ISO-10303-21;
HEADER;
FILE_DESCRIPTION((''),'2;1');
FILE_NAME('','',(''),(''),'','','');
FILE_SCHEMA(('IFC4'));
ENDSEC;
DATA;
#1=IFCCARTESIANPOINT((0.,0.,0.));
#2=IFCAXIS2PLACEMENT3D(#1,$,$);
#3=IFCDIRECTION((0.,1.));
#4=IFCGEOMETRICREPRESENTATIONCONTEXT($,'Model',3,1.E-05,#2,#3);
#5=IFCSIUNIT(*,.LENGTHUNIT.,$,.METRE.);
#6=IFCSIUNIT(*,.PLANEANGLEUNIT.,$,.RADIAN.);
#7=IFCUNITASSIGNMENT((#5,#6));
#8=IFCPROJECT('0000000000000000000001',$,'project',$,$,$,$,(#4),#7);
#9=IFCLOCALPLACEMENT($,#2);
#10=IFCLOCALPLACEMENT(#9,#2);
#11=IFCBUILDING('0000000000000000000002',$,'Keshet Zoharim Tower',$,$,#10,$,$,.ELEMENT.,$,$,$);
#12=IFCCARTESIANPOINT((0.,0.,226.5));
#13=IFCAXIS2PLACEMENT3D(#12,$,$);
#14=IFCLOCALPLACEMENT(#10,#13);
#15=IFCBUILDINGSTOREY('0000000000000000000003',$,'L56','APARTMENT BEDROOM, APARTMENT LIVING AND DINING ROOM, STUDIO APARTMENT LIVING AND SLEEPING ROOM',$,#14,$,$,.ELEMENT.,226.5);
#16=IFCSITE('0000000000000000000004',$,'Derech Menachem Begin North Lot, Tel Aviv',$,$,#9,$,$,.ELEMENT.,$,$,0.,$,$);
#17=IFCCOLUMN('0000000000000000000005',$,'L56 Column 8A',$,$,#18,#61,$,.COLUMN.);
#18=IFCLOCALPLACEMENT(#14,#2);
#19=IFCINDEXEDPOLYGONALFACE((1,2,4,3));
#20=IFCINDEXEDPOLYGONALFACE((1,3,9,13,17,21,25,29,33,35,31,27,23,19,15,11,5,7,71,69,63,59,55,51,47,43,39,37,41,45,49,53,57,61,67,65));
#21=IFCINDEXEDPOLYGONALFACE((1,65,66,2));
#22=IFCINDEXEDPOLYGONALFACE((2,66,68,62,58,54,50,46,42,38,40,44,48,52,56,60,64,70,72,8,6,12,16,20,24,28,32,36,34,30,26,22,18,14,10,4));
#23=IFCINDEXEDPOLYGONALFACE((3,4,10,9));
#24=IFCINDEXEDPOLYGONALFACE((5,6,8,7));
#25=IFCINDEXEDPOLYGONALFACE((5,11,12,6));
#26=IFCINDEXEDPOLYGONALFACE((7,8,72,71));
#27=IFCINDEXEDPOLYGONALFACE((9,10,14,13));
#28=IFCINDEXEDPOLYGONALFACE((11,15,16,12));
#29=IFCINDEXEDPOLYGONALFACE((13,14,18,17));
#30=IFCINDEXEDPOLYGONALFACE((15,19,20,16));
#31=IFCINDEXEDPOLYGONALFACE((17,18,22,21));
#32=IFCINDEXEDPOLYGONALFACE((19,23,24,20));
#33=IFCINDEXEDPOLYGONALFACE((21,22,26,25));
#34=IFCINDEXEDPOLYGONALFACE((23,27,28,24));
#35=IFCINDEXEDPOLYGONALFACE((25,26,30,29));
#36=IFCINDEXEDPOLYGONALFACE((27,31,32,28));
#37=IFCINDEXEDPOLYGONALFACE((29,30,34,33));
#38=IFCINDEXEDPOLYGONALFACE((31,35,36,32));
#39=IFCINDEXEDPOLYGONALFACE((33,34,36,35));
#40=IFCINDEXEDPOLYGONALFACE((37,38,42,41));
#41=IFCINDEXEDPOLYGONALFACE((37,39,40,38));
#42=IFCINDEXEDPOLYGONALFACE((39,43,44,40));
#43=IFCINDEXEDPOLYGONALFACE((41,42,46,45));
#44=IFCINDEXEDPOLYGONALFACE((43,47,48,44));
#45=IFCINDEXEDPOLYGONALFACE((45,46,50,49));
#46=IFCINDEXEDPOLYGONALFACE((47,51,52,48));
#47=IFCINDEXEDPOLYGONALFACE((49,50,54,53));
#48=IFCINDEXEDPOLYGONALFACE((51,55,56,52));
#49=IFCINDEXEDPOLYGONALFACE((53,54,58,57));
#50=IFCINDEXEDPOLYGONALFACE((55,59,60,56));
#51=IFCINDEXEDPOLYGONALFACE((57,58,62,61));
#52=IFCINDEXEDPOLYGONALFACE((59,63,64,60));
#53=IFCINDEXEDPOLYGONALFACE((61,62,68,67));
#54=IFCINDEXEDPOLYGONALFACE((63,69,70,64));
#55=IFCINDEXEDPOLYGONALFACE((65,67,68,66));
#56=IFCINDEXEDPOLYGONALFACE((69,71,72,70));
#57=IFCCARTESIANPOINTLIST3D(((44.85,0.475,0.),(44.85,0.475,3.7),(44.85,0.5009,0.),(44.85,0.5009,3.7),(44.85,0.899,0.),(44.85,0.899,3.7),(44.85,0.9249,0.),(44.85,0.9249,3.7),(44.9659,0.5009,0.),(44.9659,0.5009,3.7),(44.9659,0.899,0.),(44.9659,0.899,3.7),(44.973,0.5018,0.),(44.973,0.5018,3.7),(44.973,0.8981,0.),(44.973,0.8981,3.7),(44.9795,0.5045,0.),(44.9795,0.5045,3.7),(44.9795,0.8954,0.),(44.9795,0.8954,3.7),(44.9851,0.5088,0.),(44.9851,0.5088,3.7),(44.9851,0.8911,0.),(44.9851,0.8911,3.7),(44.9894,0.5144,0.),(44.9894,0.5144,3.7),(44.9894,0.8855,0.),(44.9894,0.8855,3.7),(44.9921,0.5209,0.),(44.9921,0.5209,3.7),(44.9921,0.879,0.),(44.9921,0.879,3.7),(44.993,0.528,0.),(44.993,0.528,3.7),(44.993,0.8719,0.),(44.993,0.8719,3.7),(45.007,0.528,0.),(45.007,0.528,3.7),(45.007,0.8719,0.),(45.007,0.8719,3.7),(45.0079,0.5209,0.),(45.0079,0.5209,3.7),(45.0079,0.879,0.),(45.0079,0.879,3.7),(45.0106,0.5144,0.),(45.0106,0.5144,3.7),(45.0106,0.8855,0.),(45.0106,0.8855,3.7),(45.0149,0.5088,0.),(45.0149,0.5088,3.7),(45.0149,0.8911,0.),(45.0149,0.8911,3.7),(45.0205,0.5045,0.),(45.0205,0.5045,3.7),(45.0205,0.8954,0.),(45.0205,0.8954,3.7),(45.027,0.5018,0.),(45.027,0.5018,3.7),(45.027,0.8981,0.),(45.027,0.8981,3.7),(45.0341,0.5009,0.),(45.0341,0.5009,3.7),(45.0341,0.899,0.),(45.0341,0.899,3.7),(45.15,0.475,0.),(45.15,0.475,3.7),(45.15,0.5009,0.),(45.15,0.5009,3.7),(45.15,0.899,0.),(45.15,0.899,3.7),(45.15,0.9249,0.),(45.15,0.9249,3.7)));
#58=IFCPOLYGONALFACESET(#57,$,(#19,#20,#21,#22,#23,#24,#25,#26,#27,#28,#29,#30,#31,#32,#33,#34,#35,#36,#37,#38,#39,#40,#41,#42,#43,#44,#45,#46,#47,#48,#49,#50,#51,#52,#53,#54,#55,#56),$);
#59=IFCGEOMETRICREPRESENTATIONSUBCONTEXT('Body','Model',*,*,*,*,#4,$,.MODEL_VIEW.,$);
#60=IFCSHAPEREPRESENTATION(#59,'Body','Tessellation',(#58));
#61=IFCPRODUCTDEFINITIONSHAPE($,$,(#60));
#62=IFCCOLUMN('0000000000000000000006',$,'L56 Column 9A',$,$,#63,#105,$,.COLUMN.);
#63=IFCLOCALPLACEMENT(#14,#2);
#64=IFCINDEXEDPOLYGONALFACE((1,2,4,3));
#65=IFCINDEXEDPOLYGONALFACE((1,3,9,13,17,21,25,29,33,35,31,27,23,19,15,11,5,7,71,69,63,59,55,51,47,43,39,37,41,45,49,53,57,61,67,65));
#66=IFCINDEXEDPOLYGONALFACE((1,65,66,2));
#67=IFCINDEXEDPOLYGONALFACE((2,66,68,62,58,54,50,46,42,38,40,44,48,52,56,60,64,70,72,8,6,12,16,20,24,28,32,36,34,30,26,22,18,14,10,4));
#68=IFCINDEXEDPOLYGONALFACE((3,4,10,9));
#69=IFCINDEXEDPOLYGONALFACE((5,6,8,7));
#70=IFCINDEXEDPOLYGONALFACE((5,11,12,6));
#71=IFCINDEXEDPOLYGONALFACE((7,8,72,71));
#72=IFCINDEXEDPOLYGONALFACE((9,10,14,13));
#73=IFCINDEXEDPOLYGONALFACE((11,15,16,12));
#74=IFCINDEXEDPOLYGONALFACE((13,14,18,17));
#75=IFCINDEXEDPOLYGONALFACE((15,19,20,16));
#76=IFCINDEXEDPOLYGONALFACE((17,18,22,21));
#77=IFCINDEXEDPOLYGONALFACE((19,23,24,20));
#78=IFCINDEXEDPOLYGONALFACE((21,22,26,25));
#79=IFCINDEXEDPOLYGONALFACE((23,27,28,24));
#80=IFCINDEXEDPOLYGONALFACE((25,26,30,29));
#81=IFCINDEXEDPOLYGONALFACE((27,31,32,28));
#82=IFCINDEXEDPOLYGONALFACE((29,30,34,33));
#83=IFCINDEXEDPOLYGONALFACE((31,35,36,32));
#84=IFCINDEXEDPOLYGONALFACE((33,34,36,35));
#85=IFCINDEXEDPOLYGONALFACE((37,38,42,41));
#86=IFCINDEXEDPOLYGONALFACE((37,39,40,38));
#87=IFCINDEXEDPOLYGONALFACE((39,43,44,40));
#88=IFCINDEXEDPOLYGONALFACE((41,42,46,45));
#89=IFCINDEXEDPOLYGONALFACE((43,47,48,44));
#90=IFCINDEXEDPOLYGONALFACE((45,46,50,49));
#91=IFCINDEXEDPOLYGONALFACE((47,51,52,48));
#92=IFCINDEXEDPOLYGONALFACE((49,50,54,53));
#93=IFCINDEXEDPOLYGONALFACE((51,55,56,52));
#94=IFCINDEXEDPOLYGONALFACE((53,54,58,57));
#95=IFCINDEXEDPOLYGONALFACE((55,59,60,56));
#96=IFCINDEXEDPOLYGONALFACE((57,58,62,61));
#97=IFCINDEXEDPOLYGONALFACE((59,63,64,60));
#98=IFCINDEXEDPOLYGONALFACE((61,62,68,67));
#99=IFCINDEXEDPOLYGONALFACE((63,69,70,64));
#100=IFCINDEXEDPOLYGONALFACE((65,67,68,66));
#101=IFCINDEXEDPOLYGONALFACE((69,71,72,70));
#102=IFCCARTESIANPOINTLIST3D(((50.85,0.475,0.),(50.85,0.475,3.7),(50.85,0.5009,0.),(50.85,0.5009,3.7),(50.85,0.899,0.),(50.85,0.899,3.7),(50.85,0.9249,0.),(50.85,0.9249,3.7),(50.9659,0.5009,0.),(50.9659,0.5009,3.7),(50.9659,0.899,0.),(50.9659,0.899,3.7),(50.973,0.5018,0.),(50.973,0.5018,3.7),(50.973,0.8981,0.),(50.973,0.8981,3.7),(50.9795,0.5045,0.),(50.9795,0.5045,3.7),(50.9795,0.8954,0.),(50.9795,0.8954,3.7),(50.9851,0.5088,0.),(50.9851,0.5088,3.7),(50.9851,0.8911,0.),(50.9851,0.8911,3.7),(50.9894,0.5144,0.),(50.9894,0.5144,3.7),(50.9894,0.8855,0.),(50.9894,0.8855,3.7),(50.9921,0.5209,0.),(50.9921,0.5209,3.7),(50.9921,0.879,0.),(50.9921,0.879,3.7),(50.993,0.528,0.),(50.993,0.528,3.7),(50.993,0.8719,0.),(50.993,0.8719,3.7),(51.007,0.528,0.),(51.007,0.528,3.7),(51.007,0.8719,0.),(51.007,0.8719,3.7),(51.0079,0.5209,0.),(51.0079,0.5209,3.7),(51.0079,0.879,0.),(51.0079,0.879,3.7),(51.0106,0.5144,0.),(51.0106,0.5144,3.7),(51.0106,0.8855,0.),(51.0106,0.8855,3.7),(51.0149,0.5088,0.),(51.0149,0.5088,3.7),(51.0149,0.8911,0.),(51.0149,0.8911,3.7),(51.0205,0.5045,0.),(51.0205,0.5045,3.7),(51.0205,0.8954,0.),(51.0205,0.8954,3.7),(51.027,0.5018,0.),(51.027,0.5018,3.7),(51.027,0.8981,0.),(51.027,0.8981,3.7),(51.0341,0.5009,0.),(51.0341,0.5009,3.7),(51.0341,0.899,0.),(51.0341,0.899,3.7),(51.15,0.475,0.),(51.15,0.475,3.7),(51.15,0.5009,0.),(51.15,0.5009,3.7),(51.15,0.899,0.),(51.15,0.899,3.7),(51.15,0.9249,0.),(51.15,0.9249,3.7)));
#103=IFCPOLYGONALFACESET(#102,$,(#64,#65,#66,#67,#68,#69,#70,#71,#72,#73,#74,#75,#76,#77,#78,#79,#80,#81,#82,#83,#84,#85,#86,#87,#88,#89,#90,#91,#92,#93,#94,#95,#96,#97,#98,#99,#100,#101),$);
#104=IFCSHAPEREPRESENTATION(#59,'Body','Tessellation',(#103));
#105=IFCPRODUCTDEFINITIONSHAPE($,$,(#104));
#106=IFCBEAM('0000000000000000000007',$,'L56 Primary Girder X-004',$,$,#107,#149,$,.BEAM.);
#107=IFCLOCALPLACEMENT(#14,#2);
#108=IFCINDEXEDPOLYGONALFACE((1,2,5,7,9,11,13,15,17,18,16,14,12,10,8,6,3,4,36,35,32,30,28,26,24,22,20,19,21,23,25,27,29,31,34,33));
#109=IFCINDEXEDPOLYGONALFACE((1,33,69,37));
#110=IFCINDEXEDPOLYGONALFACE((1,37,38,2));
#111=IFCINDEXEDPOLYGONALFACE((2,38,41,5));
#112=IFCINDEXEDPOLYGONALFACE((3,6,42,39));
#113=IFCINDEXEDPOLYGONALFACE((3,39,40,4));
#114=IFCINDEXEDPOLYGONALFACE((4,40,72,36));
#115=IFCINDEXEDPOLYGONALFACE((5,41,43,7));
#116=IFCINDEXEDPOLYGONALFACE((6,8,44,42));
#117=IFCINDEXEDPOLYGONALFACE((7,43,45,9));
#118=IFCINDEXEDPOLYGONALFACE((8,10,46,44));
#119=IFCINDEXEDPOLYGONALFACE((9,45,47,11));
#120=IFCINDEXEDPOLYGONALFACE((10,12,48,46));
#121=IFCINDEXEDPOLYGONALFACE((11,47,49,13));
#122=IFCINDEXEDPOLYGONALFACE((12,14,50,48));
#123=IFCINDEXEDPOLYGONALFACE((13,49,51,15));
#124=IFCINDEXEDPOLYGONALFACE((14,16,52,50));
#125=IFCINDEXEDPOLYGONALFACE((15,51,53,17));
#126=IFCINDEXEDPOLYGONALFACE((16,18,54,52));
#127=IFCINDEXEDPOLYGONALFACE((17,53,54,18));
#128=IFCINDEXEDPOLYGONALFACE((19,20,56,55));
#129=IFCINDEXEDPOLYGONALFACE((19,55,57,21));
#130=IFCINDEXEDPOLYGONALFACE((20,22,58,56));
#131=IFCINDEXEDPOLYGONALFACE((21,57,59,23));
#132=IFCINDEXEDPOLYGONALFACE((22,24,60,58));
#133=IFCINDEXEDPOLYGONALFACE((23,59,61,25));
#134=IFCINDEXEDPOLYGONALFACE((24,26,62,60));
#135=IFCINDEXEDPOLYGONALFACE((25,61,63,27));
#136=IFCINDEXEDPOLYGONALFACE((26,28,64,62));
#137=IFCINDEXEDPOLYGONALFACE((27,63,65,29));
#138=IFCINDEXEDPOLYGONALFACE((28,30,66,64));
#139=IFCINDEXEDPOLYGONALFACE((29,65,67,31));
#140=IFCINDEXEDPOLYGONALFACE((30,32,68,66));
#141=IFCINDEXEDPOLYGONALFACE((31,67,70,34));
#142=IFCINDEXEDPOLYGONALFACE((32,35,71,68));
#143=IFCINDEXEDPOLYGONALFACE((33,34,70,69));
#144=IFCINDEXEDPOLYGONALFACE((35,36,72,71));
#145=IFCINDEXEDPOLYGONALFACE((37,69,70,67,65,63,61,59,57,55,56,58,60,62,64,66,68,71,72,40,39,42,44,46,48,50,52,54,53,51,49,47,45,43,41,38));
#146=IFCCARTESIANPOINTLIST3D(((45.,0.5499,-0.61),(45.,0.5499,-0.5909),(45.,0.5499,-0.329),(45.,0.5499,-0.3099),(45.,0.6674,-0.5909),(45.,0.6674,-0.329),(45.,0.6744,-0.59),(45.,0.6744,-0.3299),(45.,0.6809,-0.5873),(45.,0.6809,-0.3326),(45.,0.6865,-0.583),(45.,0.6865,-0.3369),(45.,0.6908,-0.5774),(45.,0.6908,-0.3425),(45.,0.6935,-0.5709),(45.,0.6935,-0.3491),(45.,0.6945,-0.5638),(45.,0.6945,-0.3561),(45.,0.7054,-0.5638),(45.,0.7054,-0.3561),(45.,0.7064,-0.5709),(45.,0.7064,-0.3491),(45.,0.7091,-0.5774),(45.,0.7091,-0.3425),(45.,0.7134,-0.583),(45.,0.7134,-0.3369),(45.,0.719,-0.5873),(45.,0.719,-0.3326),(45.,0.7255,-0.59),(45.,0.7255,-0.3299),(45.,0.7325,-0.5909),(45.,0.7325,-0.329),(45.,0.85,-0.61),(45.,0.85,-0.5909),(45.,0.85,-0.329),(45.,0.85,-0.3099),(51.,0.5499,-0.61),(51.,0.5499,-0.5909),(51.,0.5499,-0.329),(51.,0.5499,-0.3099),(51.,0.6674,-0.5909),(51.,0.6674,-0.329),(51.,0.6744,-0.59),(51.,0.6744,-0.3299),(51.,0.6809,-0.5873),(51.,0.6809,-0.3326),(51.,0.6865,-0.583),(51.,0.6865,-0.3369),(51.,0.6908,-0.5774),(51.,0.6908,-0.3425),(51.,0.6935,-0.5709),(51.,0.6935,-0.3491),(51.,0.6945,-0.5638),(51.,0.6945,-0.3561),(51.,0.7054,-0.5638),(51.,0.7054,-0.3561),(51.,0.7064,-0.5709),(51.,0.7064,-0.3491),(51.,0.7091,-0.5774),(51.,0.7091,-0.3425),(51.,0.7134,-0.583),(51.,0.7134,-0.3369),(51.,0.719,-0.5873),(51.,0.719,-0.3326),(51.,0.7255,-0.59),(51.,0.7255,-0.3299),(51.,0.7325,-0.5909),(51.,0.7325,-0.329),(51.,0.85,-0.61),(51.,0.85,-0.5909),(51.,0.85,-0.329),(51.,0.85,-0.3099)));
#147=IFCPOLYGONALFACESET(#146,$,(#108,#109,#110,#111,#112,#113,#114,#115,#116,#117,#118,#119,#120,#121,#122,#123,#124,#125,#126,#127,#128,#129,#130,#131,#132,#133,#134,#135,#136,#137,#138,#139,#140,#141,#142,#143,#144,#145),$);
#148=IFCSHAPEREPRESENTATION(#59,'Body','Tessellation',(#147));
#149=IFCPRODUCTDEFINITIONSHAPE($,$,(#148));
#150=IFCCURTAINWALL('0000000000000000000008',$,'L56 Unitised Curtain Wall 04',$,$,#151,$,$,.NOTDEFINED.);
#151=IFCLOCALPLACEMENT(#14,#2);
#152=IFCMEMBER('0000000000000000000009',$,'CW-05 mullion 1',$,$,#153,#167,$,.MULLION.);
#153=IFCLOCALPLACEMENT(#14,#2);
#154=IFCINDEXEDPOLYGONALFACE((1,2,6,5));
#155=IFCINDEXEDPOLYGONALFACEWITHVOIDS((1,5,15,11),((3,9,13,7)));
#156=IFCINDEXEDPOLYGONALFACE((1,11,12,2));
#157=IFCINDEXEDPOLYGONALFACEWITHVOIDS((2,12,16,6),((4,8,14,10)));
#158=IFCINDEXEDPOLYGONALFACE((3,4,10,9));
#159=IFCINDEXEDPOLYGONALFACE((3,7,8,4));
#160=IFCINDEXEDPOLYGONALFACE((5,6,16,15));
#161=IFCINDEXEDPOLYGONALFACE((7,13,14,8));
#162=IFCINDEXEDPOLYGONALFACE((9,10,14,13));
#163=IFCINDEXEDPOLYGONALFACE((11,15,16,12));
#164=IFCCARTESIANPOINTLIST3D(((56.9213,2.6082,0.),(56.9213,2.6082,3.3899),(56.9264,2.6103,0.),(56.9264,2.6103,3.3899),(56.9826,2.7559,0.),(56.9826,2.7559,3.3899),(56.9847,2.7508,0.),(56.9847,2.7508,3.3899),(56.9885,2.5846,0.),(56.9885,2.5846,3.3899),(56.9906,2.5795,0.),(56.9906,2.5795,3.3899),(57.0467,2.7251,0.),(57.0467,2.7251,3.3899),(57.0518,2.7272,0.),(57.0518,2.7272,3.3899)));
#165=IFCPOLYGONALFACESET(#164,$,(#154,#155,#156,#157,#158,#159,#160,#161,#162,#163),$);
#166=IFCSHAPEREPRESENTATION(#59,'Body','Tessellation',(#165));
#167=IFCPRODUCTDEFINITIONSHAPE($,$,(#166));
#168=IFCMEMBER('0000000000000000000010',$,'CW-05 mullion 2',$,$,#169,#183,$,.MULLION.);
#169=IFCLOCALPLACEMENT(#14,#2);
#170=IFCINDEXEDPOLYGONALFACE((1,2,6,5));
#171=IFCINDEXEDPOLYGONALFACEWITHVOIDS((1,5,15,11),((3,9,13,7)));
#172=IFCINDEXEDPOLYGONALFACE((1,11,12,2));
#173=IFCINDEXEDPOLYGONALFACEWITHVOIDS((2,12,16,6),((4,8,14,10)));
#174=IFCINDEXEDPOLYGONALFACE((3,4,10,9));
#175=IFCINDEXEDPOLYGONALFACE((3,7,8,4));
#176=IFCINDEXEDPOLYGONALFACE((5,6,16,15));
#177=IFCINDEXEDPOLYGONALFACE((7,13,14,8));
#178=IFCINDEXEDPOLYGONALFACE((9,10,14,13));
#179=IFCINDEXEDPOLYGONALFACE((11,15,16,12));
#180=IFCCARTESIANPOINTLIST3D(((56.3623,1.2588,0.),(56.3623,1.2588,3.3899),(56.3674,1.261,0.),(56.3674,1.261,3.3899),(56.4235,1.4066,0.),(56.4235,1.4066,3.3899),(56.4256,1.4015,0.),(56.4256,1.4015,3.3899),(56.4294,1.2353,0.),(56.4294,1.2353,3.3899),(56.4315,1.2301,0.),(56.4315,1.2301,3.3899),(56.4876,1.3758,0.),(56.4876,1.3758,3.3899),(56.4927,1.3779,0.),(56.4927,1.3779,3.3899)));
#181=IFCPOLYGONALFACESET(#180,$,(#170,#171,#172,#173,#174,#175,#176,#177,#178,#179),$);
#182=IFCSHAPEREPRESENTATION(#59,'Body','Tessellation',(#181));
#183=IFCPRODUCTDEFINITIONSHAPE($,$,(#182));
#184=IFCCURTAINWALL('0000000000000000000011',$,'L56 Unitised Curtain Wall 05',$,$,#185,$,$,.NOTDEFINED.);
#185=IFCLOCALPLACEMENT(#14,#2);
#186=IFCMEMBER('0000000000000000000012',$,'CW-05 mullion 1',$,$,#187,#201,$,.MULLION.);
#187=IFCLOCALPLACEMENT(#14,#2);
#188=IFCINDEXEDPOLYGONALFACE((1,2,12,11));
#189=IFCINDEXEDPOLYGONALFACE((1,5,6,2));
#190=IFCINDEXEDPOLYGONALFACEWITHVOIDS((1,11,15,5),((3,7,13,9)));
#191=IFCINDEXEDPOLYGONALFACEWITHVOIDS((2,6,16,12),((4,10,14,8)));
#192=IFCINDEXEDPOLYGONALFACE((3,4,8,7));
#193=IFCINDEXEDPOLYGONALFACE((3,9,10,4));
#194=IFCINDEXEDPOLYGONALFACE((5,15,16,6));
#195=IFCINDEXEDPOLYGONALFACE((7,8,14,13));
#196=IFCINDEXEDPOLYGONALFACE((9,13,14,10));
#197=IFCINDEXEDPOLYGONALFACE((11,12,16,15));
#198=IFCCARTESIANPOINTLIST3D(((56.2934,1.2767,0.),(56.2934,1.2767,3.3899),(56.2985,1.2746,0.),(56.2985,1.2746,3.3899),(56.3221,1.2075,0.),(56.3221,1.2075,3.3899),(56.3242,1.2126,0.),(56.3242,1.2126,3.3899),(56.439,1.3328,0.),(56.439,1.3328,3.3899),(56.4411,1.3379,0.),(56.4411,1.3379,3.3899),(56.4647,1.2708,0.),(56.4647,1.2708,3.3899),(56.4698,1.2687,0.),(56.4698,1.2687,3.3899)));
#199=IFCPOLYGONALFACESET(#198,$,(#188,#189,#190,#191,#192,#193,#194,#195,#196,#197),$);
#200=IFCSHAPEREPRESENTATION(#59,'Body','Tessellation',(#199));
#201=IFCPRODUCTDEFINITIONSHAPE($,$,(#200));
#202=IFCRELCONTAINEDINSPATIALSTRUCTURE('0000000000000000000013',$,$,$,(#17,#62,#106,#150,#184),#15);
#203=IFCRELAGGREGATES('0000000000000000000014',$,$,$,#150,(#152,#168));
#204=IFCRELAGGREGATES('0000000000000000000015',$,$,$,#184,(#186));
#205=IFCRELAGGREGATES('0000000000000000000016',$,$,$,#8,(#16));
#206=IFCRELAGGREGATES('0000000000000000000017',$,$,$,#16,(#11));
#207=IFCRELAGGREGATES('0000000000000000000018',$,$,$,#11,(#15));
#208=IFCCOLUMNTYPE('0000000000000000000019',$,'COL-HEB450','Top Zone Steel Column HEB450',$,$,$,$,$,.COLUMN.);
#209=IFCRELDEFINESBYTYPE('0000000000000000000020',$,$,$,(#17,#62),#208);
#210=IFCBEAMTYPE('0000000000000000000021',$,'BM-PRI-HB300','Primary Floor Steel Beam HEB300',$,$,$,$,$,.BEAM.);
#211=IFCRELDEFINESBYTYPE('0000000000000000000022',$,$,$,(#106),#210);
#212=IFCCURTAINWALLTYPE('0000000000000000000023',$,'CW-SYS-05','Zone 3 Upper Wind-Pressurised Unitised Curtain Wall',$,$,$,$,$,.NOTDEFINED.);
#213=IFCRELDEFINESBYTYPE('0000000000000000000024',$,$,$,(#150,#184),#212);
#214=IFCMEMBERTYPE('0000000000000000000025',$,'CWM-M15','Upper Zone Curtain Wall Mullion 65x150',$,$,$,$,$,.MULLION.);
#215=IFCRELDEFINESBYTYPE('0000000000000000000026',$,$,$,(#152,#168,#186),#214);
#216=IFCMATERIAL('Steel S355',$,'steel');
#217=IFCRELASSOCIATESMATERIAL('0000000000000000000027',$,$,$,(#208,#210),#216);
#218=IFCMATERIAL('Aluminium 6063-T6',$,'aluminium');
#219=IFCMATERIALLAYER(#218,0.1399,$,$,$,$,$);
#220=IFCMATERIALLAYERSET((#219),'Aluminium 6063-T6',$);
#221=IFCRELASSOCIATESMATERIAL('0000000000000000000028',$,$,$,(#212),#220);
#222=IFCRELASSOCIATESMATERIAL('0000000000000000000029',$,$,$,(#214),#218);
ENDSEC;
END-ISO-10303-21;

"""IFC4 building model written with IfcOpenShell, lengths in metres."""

from ifc_helpers import new_model, si_unit, direction, frame, origin, origin_2d, place, context, subcontext, project, spatial, hollow_rectangle, i_section, extrude, material, layer, layer_set, material_profile, profile_set, type_object, element, aggregate, save


model = new_model("IFC4")

# Units and contexts
model_context = context("Model", 3, precision=1e-05, world=origin(), true_north=direction((0.0, 1.0)))
body_context = subcontext(model_context, "Body", "Model", "MODEL_VIEW")
ifc_project = project(units=[si_unit("LENGTHUNIT", "METRE"), si_unit("PLANEANGLEUNIT", "RADIAN")], contexts=[model_context])

# Site, building, storey
site_placement = place(None, origin())
site = spatial("IfcSite", under=ifc_project, at=site_placement, Name="Derech Menachem Begin North Lot, Tel Aviv", CompositionType="ELEMENT", RefElevation=0.0)
building_placement = place(site_placement, origin())
building = spatial("IfcBuilding", under=site, at=building_placement, Name="Keshet Zoharim Tower", CompositionType="ELEMENT")
storey_placement = place(building_placement, frame((0.0, 0.0, 226.5)))
storey = spatial("IfcBuildingStorey", under=building, at=storey_placement, Name="L56", Description="APARTMENT BEDROOM, APARTMENT LIVING AND DINING ROOM, STUDIO APARTMENT LIVING AND SLEEPING ROOM", CompositionType="ELEMENT", Elevation=226.5)

# Columns
ifc_material_1 = material(Name="Steel S355", Category="steel")
ifc_material_profile_1 = material_profile(ifc_material_1, i_section(OverallWidth=0.3, OverallDepth=0.45, WebThickness=0.0139, FlangeThickness=0.0259, FilletRadius=0.0271, at=origin_2d()), Name="HEB450")
ifc_profile_set_1 = profile_set([ifc_material_profile_1], Name="Steel S355")
column_type = type_object("IfcColumnType", Name="COL-HEB450", Description="Top Zone Steel Column HEB450", PredefinedType="COLUMN", material=ifc_profile_set_1)
for number, where, z_axis, x_axis, name in (
    (1, (45.0, 0.7, 0.0), (0.0, 0.0, 1.0), (1.0, 0.0, 0.0), "L56 Column 8A"),
    (2, (51.0, 0.7, 0.0), (0.0, 0.0, 1.0), (1.0, 0.0, 0.0), "L56 Column 9A"),
):
    element("IfcColumn", number, at=place(storey_placement, frame(where, z_axis=z_axis, x_axis=x_axis)), inside=storey, type_object=column_type, Name=name, PredefinedType="COLUMN", context=body_context, shape_type="SweptSolid", body=[
        extrude(i_section(OverallWidth=0.3, OverallDepth=0.45, WebThickness=0.0139, FlangeThickness=0.0259, FilletRadius=0.0271, at=origin_2d()), origin(), (0.0, 0.0, 1.0), 3.7),
    ])

# Beam
ifc_material_profile_2 = material_profile(ifc_material_1, i_section(OverallWidth=0.3, OverallDepth=0.3, WebThickness=0.011, FlangeThickness=0.019, FilletRadius=0.0271, at=origin_2d()), Name="HEB300")
ifc_profile_set_2 = profile_set([ifc_material_profile_2], Name="Steel S355")
beam_type = type_object("IfcBeamType", Name="BM-PRI-HB300", Description="Primary Floor Steel Beam HEB300", PredefinedType="BEAM", material=ifc_profile_set_2)
beam_placement = place(storey_placement, frame((45.0, 0.7, -0.46), z_axis=(1.0, 0.0, 0.0), x_axis=(0.0, 1.0, 0.0)))
element("IfcBeam", 3, at=beam_placement, inside=storey, type_object=beam_type, Name="L56 Primary Girder X-004", PredefinedType="BEAM", context=body_context, shape_type="SweptSolid", body=[
    extrude(i_section(OverallWidth=0.3, OverallDepth=0.3, WebThickness=0.011, FlangeThickness=0.019, FilletRadius=0.0271, at=origin_2d()), origin(), (0.0, 0.0, 1.0), 6.0),
])

# Curtain walls, members
ifc_material_2 = material(Name="Aluminium 6063-T6", Category="aluminium")
ifc_layer_1 = layer(ifc_material_2, 0.1399)
ifc_layer_set_1 = layer_set([ifc_layer_1], Name="Aluminium 6063-T6")
curtain_wall_type = type_object("IfcCurtainWallType", Name="CW-SYS-05", Description="Zone 3 Upper Wind-Pressurised Unitised Curtain Wall", PredefinedType="NOTDEFINED", material=ifc_layer_set_1)
curtain_wall_1_placement = place(storey_placement, origin())
curtain_wall_1 = element("IfcCurtainWall", 4, at=curtain_wall_1_placement, inside=storey, type_object=curtain_wall_type, Name="L56 Unitised Curtain Wall 04", PredefinedType="NOTDEFINED")
ifc_material_profile_3 = material_profile(ifc_material_2, hollow_rectangle(XDim=0.075, YDim=0.1599, WallThickness=0.0039, at=origin_2d()), Name="MUL-75x160")
ifc_profile_set_3 = profile_set([ifc_material_profile_3], Name="Aluminium 6063-T6")
member_type_1 = type_object("IfcMemberType", Name="CWM-M15", Description="Upper Zone Curtain Wall Mullion 65x150", PredefinedType="MULLION", material=ifc_profile_set_3)
member_1_placement = place(storey_placement, frame((56.9866, 2.6677, 0.0), z_axis=(0.0, 0.0, 1.0), x_axis=(0.92381, -0.382852, 0.0)))
member_1 = element("IfcMember", 5, at=member_1_placement, type_object=member_type_1, Name="CW-05 mullion 1", PredefinedType="MULLION", context=body_context, shape_type="SweptSolid", body=[
    extrude(hollow_rectangle(XDim=0.075, YDim=0.1599, WallThickness=0.0039, at=origin_2d()), origin(), (0.0, 0.0, 1.0), 3.3899),
])
member_2_placement = place(storey_placement, frame((56.4275, 1.3184, 0.0), z_axis=(0.0, 0.0, 1.0), x_axis=(0.92381, -0.382852, 0.0)))
member_2 = element("IfcMember", 6, at=member_2_placement, type_object=member_type_1, Name="CW-05 mullion 2", PredefinedType="MULLION", context=body_context, shape_type="SweptSolid", body=[
    extrude(hollow_rectangle(XDim=0.075, YDim=0.1599, WallThickness=0.0039, at=origin_2d()), origin(), (0.0, 0.0, 1.0), 3.3899),
])
curtain_wall_2_placement = place(storey_placement, origin())
curtain_wall_2 = element("IfcCurtainWall", 7, at=curtain_wall_2_placement, inside=storey, type_object=curtain_wall_type, Name="L56 Unitised Curtain Wall 05", PredefinedType="NOTDEFINED")
member_3_placement = place(storey_placement, frame((56.3816, 1.2727, 0.0), z_axis=(0.0, 0.0, 1.0), x_axis=(0.382852, -0.92381, 0.0)))
member_3 = element("IfcMember", 8, at=member_3_placement, type_object=member_type_1, Name="CW-05 mullion 1", PredefinedType="MULLION", context=body_context, shape_type="SweptSolid", body=[
    extrude(hollow_rectangle(XDim=0.075, YDim=0.1599, WallThickness=0.0039, at=origin_2d()), origin(), (0.0, 0.0, 1.0), 3.3899),
])

aggregate(curtain_wall_1, [member_1, member_2])
aggregate(curtain_wall_2, [member_3])

save(model, "model.ifc")
